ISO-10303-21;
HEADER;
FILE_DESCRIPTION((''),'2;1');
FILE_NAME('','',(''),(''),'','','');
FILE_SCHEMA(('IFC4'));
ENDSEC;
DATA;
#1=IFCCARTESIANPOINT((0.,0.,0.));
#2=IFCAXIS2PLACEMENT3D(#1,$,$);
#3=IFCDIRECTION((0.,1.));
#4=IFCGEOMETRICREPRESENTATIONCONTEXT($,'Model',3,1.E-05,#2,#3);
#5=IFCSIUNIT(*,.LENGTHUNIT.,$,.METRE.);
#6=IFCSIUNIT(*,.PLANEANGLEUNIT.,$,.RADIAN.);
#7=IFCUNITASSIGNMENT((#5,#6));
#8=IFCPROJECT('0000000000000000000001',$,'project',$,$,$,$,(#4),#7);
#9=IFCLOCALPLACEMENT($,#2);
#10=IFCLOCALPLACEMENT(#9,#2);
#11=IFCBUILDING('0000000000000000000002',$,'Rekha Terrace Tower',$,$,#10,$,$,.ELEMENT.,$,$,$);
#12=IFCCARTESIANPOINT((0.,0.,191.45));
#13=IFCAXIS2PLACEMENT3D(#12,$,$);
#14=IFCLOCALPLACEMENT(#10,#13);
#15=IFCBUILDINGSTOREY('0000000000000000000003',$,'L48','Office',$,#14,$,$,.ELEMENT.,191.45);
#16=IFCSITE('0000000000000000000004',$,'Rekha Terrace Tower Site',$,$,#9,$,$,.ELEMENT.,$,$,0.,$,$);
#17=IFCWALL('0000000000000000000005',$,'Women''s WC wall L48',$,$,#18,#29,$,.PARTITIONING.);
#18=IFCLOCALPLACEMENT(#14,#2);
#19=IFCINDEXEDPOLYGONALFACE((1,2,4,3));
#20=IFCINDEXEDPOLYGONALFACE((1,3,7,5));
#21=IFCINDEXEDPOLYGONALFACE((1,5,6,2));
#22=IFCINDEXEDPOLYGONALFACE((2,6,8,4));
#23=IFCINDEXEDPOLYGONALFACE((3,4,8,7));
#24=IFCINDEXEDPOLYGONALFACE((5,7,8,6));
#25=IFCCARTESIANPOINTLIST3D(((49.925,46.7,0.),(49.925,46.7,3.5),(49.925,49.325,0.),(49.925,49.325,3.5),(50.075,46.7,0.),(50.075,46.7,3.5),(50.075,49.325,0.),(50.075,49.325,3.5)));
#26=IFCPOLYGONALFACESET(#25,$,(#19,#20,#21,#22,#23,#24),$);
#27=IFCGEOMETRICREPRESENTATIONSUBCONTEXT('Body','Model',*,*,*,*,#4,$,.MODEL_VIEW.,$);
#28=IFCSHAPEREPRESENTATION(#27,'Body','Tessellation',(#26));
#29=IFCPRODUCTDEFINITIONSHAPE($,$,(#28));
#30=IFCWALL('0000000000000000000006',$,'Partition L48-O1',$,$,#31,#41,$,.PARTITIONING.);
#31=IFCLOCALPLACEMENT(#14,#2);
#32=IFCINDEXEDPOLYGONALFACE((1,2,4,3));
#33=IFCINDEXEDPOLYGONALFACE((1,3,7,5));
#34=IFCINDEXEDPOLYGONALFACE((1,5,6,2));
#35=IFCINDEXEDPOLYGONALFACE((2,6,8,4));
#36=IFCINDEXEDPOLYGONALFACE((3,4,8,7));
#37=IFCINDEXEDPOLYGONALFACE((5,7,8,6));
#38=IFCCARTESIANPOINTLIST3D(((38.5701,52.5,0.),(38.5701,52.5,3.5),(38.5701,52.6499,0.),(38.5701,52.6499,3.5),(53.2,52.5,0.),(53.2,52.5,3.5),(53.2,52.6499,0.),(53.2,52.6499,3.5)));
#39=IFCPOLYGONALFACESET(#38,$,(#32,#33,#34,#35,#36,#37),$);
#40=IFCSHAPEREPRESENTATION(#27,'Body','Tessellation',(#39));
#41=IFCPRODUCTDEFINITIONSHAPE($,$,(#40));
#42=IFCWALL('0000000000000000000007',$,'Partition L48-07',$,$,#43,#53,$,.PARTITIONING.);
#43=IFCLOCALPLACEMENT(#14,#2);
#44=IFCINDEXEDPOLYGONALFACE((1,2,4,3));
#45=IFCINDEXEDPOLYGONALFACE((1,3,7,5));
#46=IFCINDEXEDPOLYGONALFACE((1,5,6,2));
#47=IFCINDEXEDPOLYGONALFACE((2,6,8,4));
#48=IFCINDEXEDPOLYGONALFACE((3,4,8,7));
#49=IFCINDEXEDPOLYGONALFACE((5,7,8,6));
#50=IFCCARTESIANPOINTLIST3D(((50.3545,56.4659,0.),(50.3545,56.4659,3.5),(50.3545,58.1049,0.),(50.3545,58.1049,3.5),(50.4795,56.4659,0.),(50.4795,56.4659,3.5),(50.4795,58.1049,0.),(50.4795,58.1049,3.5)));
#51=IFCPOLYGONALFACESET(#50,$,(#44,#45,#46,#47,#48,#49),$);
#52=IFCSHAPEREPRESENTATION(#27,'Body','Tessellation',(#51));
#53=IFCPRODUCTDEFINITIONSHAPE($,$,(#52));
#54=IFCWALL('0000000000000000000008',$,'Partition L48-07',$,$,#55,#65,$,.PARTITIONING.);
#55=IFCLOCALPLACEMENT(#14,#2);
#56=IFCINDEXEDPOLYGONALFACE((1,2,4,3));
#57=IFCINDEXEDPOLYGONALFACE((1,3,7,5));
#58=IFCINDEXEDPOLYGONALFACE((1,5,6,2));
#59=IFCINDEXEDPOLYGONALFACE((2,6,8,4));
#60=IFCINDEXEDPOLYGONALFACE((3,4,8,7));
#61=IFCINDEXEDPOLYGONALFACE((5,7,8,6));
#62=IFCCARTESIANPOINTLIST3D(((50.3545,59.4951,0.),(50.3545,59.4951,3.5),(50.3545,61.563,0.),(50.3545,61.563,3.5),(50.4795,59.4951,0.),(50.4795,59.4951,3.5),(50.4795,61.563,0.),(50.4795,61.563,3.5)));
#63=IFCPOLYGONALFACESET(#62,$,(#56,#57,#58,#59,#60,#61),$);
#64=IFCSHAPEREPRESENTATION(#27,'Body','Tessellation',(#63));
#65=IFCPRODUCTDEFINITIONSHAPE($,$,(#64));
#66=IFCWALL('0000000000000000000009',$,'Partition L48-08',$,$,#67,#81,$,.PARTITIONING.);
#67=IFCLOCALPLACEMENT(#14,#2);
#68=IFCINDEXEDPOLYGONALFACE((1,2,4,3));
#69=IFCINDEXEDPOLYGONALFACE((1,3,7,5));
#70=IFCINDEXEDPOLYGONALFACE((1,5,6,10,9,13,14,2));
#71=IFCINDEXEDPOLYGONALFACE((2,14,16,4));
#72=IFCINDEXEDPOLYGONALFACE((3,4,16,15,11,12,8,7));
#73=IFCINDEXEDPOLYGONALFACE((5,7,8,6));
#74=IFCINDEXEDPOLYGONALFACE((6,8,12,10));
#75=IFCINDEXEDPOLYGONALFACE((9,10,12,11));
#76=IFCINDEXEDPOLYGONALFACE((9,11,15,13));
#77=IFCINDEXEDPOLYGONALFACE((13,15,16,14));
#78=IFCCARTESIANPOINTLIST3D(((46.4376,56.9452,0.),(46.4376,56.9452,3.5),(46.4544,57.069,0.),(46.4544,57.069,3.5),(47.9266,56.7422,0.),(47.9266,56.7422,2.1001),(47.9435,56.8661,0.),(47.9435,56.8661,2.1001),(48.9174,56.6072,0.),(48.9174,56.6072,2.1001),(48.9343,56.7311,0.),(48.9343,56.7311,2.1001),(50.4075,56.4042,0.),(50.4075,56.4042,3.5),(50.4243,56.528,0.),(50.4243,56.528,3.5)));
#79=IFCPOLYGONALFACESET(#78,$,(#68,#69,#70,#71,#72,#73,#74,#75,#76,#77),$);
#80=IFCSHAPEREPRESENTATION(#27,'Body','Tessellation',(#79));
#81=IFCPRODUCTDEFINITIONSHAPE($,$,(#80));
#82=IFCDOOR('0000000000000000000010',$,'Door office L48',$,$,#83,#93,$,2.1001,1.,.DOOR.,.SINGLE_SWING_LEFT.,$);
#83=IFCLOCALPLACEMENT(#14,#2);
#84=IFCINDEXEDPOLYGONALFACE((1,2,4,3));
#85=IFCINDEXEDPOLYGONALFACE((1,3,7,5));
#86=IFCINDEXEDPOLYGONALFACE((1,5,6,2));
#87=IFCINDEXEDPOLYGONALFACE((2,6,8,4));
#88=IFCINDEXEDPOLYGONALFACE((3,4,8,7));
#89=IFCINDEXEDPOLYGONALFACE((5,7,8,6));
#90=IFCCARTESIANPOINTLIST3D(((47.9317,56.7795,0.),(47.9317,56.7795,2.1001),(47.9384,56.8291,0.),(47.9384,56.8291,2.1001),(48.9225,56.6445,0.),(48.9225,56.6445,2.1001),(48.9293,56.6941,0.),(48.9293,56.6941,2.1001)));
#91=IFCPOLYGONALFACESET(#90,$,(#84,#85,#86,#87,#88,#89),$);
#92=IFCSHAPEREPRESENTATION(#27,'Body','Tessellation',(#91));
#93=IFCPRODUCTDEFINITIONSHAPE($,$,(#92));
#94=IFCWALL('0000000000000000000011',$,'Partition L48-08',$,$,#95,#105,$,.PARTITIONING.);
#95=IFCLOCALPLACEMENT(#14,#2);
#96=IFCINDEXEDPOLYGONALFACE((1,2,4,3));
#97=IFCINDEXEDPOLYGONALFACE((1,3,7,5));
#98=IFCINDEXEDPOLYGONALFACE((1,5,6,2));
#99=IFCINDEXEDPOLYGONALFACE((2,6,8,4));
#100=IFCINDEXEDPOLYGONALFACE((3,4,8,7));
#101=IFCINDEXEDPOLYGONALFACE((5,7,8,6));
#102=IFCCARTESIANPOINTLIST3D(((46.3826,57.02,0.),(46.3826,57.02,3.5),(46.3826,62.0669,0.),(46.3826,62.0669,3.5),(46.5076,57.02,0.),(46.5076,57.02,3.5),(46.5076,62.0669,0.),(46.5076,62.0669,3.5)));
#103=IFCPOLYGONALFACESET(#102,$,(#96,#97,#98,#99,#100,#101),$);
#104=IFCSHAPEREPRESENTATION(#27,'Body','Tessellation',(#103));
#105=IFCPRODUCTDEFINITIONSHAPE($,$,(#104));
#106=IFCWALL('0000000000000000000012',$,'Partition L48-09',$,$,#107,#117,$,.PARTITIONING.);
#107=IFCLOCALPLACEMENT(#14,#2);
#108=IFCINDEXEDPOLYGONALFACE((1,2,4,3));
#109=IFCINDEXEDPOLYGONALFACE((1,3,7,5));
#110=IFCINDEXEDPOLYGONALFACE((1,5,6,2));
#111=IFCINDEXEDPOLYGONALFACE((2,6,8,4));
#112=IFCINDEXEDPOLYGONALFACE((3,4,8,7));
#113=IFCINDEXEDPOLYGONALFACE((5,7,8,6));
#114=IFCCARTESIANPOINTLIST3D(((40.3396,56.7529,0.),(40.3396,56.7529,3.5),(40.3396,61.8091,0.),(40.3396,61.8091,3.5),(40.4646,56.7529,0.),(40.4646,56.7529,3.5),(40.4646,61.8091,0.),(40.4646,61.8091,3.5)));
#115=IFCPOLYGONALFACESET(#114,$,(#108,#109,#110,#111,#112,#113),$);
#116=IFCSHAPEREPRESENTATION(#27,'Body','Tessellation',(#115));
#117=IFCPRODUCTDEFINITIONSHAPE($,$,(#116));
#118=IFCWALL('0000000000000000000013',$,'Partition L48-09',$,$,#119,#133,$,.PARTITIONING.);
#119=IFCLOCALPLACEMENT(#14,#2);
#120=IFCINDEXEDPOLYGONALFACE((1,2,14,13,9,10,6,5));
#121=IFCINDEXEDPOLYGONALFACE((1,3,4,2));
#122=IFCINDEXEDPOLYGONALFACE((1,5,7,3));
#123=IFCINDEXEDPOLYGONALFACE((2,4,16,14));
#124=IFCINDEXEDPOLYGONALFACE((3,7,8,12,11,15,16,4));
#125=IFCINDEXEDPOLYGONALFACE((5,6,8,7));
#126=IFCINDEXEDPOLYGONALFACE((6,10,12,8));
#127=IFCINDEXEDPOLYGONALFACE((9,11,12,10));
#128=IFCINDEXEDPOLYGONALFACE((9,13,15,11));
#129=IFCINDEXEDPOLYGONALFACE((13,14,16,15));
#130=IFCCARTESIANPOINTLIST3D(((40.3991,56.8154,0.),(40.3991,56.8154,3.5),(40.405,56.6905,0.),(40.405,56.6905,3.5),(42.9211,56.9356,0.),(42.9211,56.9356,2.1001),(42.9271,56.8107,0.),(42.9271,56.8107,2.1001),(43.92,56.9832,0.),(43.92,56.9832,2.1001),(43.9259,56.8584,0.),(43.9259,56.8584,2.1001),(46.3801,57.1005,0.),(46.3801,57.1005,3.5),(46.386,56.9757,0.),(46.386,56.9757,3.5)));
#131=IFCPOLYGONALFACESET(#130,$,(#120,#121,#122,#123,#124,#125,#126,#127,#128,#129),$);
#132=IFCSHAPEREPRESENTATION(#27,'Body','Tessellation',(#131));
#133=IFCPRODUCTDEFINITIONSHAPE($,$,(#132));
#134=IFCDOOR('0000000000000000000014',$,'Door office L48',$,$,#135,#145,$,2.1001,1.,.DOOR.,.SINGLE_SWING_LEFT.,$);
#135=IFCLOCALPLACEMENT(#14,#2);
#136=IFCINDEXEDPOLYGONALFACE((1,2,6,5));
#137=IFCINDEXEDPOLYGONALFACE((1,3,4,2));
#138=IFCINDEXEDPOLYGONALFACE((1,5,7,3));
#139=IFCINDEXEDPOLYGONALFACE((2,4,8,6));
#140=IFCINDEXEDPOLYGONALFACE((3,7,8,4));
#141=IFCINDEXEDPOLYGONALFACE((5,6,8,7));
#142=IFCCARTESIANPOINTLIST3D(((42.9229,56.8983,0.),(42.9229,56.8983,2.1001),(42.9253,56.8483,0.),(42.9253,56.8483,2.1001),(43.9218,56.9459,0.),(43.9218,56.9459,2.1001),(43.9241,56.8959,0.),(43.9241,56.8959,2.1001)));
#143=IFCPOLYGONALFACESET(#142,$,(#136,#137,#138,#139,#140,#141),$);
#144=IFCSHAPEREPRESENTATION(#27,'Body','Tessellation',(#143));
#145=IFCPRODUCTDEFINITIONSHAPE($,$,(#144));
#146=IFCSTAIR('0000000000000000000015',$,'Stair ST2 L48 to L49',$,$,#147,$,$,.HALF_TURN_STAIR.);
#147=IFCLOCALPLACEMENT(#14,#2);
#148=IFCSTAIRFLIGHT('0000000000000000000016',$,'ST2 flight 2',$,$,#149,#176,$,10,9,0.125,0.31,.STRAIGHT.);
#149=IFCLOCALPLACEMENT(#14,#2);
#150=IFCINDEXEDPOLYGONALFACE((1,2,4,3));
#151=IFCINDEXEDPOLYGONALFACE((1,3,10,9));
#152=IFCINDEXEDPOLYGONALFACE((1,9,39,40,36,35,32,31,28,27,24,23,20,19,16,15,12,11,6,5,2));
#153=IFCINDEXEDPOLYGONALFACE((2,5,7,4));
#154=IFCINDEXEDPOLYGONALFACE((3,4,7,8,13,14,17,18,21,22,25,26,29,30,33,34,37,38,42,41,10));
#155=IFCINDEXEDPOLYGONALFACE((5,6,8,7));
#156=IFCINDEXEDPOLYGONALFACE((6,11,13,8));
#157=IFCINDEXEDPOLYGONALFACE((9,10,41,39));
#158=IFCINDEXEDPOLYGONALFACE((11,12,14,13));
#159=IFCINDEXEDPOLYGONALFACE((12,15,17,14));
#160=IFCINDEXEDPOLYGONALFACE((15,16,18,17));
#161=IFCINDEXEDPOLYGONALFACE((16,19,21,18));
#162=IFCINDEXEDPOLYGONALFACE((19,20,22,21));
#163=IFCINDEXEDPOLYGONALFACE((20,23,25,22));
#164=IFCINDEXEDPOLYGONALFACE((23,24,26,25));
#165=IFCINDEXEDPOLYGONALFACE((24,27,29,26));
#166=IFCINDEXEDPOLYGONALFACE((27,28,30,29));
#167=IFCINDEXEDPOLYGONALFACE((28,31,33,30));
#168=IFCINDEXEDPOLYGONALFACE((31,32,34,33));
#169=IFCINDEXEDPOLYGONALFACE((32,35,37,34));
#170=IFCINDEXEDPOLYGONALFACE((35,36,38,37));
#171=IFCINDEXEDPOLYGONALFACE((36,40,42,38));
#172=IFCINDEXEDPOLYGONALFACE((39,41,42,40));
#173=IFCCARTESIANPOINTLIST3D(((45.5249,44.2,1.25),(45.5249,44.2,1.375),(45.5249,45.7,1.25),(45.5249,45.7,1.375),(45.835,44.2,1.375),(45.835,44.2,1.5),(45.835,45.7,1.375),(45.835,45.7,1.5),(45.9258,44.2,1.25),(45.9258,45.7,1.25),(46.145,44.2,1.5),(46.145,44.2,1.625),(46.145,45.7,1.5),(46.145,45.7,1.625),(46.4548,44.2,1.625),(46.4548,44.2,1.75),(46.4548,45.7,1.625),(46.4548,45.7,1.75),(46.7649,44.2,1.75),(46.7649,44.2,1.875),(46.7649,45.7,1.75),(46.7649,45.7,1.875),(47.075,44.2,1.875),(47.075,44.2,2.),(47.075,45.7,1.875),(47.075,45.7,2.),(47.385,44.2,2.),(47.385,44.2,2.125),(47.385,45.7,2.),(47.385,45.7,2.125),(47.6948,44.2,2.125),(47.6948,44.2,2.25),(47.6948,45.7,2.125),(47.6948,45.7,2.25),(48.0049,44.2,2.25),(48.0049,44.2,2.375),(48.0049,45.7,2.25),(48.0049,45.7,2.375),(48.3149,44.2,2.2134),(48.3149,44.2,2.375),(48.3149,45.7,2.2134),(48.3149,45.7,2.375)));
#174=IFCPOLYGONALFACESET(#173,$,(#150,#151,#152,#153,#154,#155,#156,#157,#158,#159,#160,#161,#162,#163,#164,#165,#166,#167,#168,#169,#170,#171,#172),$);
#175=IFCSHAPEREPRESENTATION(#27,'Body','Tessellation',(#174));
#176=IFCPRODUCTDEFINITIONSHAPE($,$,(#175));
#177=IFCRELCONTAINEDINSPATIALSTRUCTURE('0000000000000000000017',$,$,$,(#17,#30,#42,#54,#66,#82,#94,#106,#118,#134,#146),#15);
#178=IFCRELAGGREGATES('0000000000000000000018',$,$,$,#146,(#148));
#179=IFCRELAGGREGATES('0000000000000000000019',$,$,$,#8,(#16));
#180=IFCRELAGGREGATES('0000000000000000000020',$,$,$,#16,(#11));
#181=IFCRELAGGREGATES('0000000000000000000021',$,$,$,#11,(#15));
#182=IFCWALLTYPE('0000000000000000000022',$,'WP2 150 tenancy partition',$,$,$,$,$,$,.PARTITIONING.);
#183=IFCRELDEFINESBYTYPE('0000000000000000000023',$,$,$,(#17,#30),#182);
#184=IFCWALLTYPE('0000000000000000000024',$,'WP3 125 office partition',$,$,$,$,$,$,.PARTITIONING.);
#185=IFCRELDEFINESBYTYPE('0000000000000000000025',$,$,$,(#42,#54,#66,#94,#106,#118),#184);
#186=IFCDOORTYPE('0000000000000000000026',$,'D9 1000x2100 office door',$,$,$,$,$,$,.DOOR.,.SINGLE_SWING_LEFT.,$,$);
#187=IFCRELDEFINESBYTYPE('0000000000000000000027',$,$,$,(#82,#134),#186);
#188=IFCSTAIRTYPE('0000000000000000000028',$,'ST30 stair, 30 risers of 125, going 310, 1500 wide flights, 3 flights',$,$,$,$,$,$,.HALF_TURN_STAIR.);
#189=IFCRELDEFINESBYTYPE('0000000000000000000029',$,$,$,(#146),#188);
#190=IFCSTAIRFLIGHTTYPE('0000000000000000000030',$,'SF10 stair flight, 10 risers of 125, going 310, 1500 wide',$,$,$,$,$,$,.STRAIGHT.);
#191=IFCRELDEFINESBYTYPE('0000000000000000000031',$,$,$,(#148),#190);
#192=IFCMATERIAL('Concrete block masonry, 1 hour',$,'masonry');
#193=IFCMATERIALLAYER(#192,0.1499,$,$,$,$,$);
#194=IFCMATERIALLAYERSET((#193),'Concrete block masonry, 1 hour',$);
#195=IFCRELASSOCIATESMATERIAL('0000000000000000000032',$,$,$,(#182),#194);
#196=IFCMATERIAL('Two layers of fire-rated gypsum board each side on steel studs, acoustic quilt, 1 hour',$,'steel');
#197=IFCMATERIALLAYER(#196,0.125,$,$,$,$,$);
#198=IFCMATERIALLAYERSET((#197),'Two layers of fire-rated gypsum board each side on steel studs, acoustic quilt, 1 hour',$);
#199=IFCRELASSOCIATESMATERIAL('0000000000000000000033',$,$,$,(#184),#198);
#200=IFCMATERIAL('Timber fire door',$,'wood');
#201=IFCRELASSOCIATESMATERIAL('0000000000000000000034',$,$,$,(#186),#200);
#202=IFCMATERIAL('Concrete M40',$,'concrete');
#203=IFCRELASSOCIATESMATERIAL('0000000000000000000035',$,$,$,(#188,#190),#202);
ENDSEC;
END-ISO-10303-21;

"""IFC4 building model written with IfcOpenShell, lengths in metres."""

from ifc_helpers import new_model, si_unit, direction, frame, frame_2d, origin, place, context, subcontext, project, spatial, polyline, rectangle, outline, extrude, material, layer, layer_set, type_object, element, fill, aggregate, save


model = new_model("IFC4")

# Units and contexts
model_context = context("Model", 3, precision=1e-05, world=origin(), true_north=direction((0.0, 1.0)))
body_context = subcontext(model_context, "Body", "Model", "MODEL_VIEW")
ifc_project = project(units=[si_unit("LENGTHUNIT", "METRE"), si_unit("PLANEANGLEUNIT", "RADIAN")], contexts=[model_context])

# Site, building, storey
site_placement = place(None, origin())
site = spatial("IfcSite", under=ifc_project, at=site_placement, Name="Rekha Terrace Tower Site", CompositionType="ELEMENT", RefElevation=0.0)
building_placement = place(site_placement, origin())
building = spatial("IfcBuilding", under=site, at=building_placement, Name="Rekha Terrace Tower", CompositionType="ELEMENT")
storey_placement = place(building_placement, frame((0.0, 0.0, 191.45)))
storey = spatial("IfcBuildingStorey", under=building, at=storey_placement, Name="L48", Description="Office", CompositionType="ELEMENT", Elevation=191.45)

# Shared definitions
ifc_material_1 = material(Name="Concrete block masonry, 1 hour", Category="masonry")
ifc_layer_1 = layer(ifc_material_1, 0.1499)
ifc_layer_set_1 = layer_set([ifc_layer_1], Name="Concrete block masonry, 1 hour")
wall_type_1 = type_object("IfcWallType", Name="WP2 150 tenancy partition", PredefinedType="PARTITIONING", material=ifc_layer_set_1)

# Walls
for number, where, z_axis, x_axis, name in (
    (1, (50.0, 46.7, 0.0), (0.0, 0.0, 1.0), (0.0, 1.0, 0.0), "Women's WC wall L48"),
):
    element("IfcWall", number, at=place(storey_placement, frame(where, z_axis=z_axis, x_axis=x_axis)), inside=storey, type_object=wall_type_1, Name=name, PredefinedType="PARTITIONING", context=body_context, shape_type="SweptSolid", body=[
        extrude(rectangle(XDim=2.625, YDim=0.1499, at=frame_2d((1.3125, 0.0))), origin(), (0.0, 0.0, 1.0), 3.5),
    ])
wall_1_placement = place(storey_placement, frame((53.2, 52.575, 0.0), z_axis=(0.0, 0.0, 1.0), x_axis=(-1.0, 0.0, 0.0)))
element("IfcWall", 2, at=wall_1_placement, inside=storey, type_object=wall_type_1, Name="Partition L48-O1", PredefinedType="PARTITIONING", context=body_context, shape_type="SweptSolid", body=[
    extrude(rectangle(XDim=14.6299, YDim=0.1499, at=frame_2d((7.3149, 0.0))), origin(), (0.0, 0.0, 1.0), 3.5),
])
ifc_material_2 = material(Name="Two layers of fire-rated gypsum board each side on steel studs, acoustic quilt, 1 hour", Category="steel")
ifc_layer_2 = layer(ifc_material_2, 0.125)
ifc_layer_set_2 = layer_set([ifc_layer_2], Name="Two layers of fire-rated gypsum board each side on steel studs, acoustic quilt, 1 hour")
wall_type_2 = type_object("IfcWallType", Name="WP3 125 office partition", PredefinedType="PARTITIONING", material=ifc_layer_set_2)
wall_2_placement = place(storey_placement, frame((50.417, 56.4661, 0.0), z_axis=(0.0, 0.0, 1.0), x_axis=(0.0, 1.0, 0.0)))
element("IfcWall", 3, at=wall_2_placement, inside=storey, type_object=wall_type_2, Name="Partition L48-07", PredefinedType="PARTITIONING", context=body_context, shape_type="SweptSolid", body=[
    extrude(rectangle(XDim=1.6389, YDim=0.125, at=frame_2d((0.8193, 0.0))), origin(), (0.0, 0.0, 1.0), 3.5),
])
wall_3_placement = place(storey_placement, frame((50.417, 59.4951, 0.0), z_axis=(0.0, 0.0, 1.0), x_axis=(0.0, 1.0, 0.0)))
element("IfcWall", 4, at=wall_3_placement, inside=storey, type_object=wall_type_2, Name="Partition L48-07", PredefinedType="PARTITIONING", context=body_context, shape_type="SweptSolid", body=[
    extrude(rectangle(XDim=2.0679, YDim=0.125, at=frame_2d((1.0339, 0.0))), origin(), (0.0, 0.0, 1.0), 3.5),
])

# Wall, opening, door
wall_4_placement = place(storey_placement, frame((50.416, 56.4661, 0.0), z_axis=(0.0, 0.0, 1.0), x_axis=(-0.990842, 0.135029, 0.0)))
wall_4 = element("IfcWall", 5, at=wall_4_placement, inside=storey, type_object=wall_type_2, Name="Partition L48-08", PredefinedType="PARTITIONING", context=body_context, shape_type="SweptSolid", body=[
    extrude(rectangle(XDim=4.0066, YDim=0.125, at=frame_2d((2.0034, 0.0))), origin(), (0.0, 0.0, 1.0), 3.5),
])
opening_1_placement = place(wall_4_placement, frame((1.5039, 0.0, 0.0)))
opening_1 = element("IfcOpeningElement", 6, at=opening_1_placement, cuts=wall_4, PredefinedType="OPENING", context=body_context, shape_type="SweptSolid", body=[
    extrude(rectangle(XDim=1.0, YDim=2.1001, at=frame_2d((0.5, 1.05))), frame((0.0, 0.0725, 0.0), z_axis=(0.0, -1.0, 0.0), x_axis=(1.0, 0.0, 0.0)), (0.0, 0.0, 1.0), 0.145),
])
ifc_material_3 = material(Name="Timber fire door", Category="wood")
door_type_1 = type_object("IfcDoorType", Name="D9 1000x2100 office door", OperationType="SINGLE_SWING_LEFT", PredefinedType="DOOR", material=ifc_material_3)
door_1_placement = place(opening_1_placement, origin())
door_1 = element("IfcDoor", 7, at=door_1_placement, inside=storey, type_object=door_type_1, Name="Door office L48", OperationType="SINGLE_SWING_LEFT", OverallHeight=2.1001, OverallWidth=1.0, PredefinedType="DOOR", context=body_context, shape_type="SweptSolid", body=[
    extrude(rectangle(XDim=1.0, YDim=2.1001, at=frame_2d((0.5, 1.05))), frame((0.0, 0.0249, 0.0), z_axis=(0.0, -1.0, 0.0), x_axis=(1.0, 0.0, 0.0)), (0.0, 0.0, 1.0), 0.05),
])
fill(opening_1, door_1)

# Walls
wall_5_placement = place(storey_placement, frame((46.4451, 57.02, 0.0), z_axis=(0.0, 0.0, 1.0), x_axis=(0.0, 1.0, 0.0)))
element("IfcWall", 8, at=wall_5_placement, inside=storey, type_object=wall_type_2, Name="Partition L48-08", PredefinedType="PARTITIONING", context=body_context, shape_type="SweptSolid", body=[
    extrude(rectangle(XDim=5.0469, YDim=0.125, at=frame_2d((2.5234, 0.0))), origin(), (0.0, 0.0, 1.0), 3.5),
])
wall_6_placement = place(storey_placement, frame((40.4021, 56.7529, 0.0), z_axis=(0.0, 0.0, 1.0), x_axis=(0.0, 1.0, 0.0)))
element("IfcWall", 9, at=wall_6_placement, inside=storey, type_object=wall_type_2, Name="Partition L48-09", PredefinedType="PARTITIONING", context=body_context, shape_type="SweptSolid", body=[
    extrude(rectangle(XDim=5.0562, YDim=0.125, at=frame_2d((2.5281, 0.0))), origin(), (0.0, 0.0, 1.0), 3.5),
])

# Wall, opening, door
wall_7_placement = place(storey_placement, frame((46.3831, 57.0381, 0.0), z_axis=(0.0, 0.0, 1.0), x_axis=(-0.998865, -0.047623, 0.0)))
wall_7 = element("IfcWall", 10, at=wall_7_placement, inside=storey, type_object=wall_type_2, Name="Partition L48-09", PredefinedType="PARTITIONING", context=body_context, shape_type="SweptSolid", body=[
    extrude(rectangle(XDim=5.9878, YDim=0.125, at=frame_2d((2.9939, 0.0))), origin(), (0.0, 0.0, 1.0), 3.5),
])
opening_2_placement = place(wall_7_placement, frame((2.4629, 0.0, 0.0)))
opening_2 = element("IfcOpeningElement", 11, at=opening_2_placement, cuts=wall_7, PredefinedType="OPENING", context=body_context, shape_type="SweptSolid", body=[
    extrude(rectangle(XDim=1.0, YDim=2.1001, at=frame_2d((0.5, 1.05))), frame((0.0, 0.0725, 0.0), z_axis=(0.0, -1.0, 0.0), x_axis=(1.0, 0.0, 0.0)), (0.0, 0.0, 1.0), 0.145),
])
door_2_placement = place(opening_2_placement, origin())
door_2 = element("IfcDoor", 12, at=door_2_placement, inside=storey, type_object=door_type_1, Name="Door office L48", OperationType="SINGLE_SWING_LEFT", OverallHeight=2.1001, OverallWidth=1.0, PredefinedType="DOOR", context=body_context, shape_type="SweptSolid", body=[
    extrude(rectangle(XDim=1.0, YDim=2.1001, at=frame_2d((0.5, 1.05))), frame((0.0, 0.0249, 0.0), z_axis=(0.0, -1.0, 0.0), x_axis=(1.0, 0.0, 0.0)), (0.0, 0.0, 1.0), 0.05),
])
fill(opening_2, door_2)

# Stair, stair flight
ifc_material_4 = material(Name="Concrete M40", Category="concrete")
stair_type = type_object("IfcStairType", Name="ST30 stair, 30 risers of 125, going 310, 1500 wide flights, 3 flights", PredefinedType="HALF_TURN_STAIR", material=ifc_material_4)
stair_placement = place(storey_placement, origin())
stair = element("IfcStair", 13, at=stair_placement, inside=storey, type_object=stair_type, Name="Stair ST2 L48 to L49", PredefinedType="HALF_TURN_STAIR")
stair_flight_type = type_object("IfcStairFlightType", Name="SF10 stair flight, 10 risers of 125, going 310, 1500 wide", PredefinedType="STRAIGHT", material=ifc_material_4)
stair_flight_placement = place(storey_placement, frame((45.5249, 44.95, 1.25), z_axis=(0.0, 0.0, 1.0), x_axis=(1.0, 0.0, 0.0)))
stair_flight = element("IfcStairFlight", 14, at=stair_flight_placement, type_object=stair_flight_type, Name="ST2 flight 2", NumberOfRisers=10, NumberOfTreads=9, PredefinedType="STRAIGHT", RiserHeight=0.125, TreadLength=0.31, context=body_context, shape_type="SweptSolid", body=[
    extrude(outline(polyline([(0.0, 0.0), (0.0, 0.125), (0.3101, 0.125), (0.3101, 0.25), (0.6201, 0.25), (0.6201, 0.375), (0.9299, 0.375), (0.9299, 0.5), (1.24, 0.5), (1.24, 0.625), (1.55, 0.625), (1.55, 0.75), (1.8601, 0.75), (1.8601, 0.875), (2.1699, 0.875), (2.1699, 1.0), (2.48, 1.0), (2.48, 1.125), (2.79, 1.125), (2.79, 1.25), (2.79, 0.9634), (0.4009, 0.0), (0.0, 0.0)])), frame((0.0, 0.75, 0.0), z_axis=(0.0, -1.0, 0.0), x_axis=(1.0, 0.0, 0.0)), (0.0, 0.0, 1.0), 1.5),
])
aggregate(stair, [stair_flight])

save(model, "model.ifc")
